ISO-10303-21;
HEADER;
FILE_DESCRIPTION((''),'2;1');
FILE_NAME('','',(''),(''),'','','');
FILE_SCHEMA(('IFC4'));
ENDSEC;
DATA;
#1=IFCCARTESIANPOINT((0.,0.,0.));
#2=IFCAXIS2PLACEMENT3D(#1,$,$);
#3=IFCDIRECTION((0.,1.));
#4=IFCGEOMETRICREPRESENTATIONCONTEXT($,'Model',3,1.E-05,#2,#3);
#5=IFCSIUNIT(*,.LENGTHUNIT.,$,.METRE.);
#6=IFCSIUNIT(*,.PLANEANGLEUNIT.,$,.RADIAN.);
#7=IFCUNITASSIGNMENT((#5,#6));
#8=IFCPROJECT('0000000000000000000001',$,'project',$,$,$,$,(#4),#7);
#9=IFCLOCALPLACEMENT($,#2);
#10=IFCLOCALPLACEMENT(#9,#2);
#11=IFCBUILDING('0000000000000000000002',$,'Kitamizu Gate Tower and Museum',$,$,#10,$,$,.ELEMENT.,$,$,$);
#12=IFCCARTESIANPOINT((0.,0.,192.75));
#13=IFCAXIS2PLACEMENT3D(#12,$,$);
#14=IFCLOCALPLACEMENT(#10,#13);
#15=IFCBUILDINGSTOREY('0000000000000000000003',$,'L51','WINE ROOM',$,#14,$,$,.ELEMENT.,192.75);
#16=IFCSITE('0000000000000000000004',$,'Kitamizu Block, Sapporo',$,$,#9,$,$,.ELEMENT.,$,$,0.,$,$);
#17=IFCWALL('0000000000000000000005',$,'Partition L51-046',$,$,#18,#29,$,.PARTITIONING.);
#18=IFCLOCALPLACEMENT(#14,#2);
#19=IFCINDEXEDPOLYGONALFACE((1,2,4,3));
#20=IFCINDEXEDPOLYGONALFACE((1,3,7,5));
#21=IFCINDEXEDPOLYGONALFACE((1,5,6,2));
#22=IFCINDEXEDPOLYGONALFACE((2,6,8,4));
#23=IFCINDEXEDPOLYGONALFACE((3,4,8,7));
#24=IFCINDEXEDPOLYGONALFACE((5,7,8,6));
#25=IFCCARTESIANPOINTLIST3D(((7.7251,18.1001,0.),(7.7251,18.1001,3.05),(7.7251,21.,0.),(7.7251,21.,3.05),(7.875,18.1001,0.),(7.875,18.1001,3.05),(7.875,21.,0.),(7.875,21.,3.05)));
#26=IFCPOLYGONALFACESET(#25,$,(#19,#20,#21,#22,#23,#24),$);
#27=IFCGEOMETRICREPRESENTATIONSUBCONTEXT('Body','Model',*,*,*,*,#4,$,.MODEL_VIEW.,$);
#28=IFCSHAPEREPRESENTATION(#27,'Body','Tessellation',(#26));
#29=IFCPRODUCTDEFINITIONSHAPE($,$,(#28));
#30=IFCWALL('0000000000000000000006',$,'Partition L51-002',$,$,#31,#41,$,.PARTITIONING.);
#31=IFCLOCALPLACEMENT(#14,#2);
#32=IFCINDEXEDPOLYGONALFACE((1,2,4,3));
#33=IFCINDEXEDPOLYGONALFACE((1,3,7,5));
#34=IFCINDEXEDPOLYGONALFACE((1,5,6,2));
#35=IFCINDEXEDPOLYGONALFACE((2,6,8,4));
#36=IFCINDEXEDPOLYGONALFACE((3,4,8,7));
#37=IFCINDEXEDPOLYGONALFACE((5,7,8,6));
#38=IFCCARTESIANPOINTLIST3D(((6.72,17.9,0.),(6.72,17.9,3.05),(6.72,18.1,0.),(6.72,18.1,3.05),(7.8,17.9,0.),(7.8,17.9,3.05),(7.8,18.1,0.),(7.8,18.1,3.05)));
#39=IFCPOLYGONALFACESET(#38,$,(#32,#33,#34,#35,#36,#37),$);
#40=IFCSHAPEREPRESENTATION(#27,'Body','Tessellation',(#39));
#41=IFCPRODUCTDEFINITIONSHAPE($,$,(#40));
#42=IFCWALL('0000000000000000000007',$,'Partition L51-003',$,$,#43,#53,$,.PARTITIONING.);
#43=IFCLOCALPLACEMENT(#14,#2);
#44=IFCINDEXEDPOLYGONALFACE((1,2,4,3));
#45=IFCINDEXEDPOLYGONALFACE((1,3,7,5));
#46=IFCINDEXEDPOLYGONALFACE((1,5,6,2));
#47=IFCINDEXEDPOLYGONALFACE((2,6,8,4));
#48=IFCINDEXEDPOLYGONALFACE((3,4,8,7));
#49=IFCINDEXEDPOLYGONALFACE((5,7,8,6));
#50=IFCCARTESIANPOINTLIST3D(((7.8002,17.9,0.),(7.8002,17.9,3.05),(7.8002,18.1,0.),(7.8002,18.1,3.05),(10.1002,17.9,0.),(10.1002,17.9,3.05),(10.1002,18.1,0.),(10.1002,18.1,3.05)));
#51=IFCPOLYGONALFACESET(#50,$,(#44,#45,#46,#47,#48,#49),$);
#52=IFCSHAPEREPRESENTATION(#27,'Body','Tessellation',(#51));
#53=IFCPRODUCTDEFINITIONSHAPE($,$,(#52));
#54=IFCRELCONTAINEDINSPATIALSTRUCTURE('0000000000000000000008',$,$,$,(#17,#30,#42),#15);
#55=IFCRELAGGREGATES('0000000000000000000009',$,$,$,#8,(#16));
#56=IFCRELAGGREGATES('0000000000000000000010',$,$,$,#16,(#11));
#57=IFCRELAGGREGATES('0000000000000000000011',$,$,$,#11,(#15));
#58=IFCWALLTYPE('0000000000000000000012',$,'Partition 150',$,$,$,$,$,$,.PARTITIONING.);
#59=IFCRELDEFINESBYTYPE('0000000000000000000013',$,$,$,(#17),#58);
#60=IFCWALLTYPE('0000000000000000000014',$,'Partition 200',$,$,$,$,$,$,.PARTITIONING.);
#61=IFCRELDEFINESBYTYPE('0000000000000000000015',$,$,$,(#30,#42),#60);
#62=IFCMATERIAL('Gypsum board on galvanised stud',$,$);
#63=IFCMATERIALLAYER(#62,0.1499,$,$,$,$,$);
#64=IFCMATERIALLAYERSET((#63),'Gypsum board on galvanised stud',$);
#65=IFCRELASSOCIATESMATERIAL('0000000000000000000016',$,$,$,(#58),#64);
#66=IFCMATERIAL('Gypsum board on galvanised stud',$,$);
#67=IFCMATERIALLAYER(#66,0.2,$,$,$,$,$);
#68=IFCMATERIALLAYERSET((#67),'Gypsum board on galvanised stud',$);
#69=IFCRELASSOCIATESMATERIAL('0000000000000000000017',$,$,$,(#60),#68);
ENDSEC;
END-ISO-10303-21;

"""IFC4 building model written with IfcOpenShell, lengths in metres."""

from ifc_helpers import new_model, si_unit, direction, frame, frame_2d, origin, place, context, subcontext, project, spatial, rectangle, extrude, material, layer, layer_set, type_object, element, save


model = new_model("IFC4")

# Units and contexts
model_context = context("Model", 3, precision=1e-05, world=origin(), true_north=direction((0.0, 1.0)))
body_context = subcontext(model_context, "Body", "Model", "MODEL_VIEW")
ifc_project = project(units=[si_unit("LENGTHUNIT", "METRE"), si_unit("PLANEANGLEUNIT", "RADIAN")], contexts=[model_context])

# Site, building, storey
site_placement = place(None, origin())
site = spatial("IfcSite", under=ifc_project, at=site_placement, Name="Kitamizu Block, Sapporo", CompositionType="ELEMENT", RefElevation=0.0)
building_placement = place(site_placement, origin())
building = spatial("IfcBuilding", under=site, at=building_placement, Name="Kitamizu Gate Tower and Museum", CompositionType="ELEMENT")
storey_placement = place(building_placement, frame((0.0, 0.0, 192.75)))
storey = spatial("IfcBuildingStorey", under=building, at=storey_placement, Name="L51", Description="WINE ROOM", CompositionType="ELEMENT", Elevation=192.75)

# Walls
ifc_material_1 = material(Name="Gypsum board on galvanised stud")
ifc_layer_1 = layer(ifc_material_1, 0.1499)
ifc_layer_set_1 = layer_set([ifc_layer_1], Name="Gypsum board on galvanised stud")
wall_type_1 = type_object("IfcWallType", Name="Partition 150", PredefinedType="PARTITIONING", material=ifc_layer_set_1)
wall_1_placement = place(storey_placement, frame((7.8, 18.1001, 0.0), z_axis=(0.0, 0.0, 1.0), x_axis=(0.0, 1.0, 0.0)))
element("IfcWall", 1, at=wall_1_placement, inside=storey, type_object=wall_type_1, Name="Partition L51-046", PredefinedType="PARTITIONING", context=body_context, shape_type="SweptSolid", body=[
    extrude(rectangle(XDim=2.8999, YDim=0.1499, at=frame_2d((1.45, 0.0))), origin(), (0.0, 0.0, 1.0), 3.05),
])
ifc_material_2 = material(Name="Gypsum board on galvanised stud")
ifc_layer_2 = layer(ifc_material_2, 0.2)
ifc_layer_set_2 = layer_set([ifc_layer_2], Name="Gypsum board on galvanised stud")
wall_type_2 = type_object("IfcWallType", Name="Partition 200", PredefinedType="PARTITIONING", material=ifc_layer_set_2)
wall_2_placement = place(storey_placement, frame((7.8, 18.0, 0.0), z_axis=(0.0, 0.0, 1.0), x_axis=(-1.0, 0.0, 0.0)))
element("IfcWall", 2, at=wall_2_placement, inside=storey, type_object=wall_type_2, Name="Partition L51-002", PredefinedType="PARTITIONING", context=body_context, shape_type="SweptSolid", body=[
    extrude(rectangle(XDim=1.0801, YDim=0.2, at=frame_2d((0.54, 0.0))), origin(), (0.0, 0.0, 1.0), 3.05),
])
wall_3_placement = place(storey_placement, frame((10.1001, 18.0, 0.0), z_axis=(0.0, 0.0, 1.0), x_axis=(-1.0, 0.0, 0.0)))
element("IfcWall", 3, at=wall_3_placement, inside=storey, type_object=wall_type_2, Name="Partition L51-003", PredefinedType="PARTITIONING", context=body_context, shape_type="SweptSolid", body=[
    extrude(rectangle(XDim=2.3, YDim=0.2, at=frame_2d((1.1499, 0.0))), origin(), (0.0, 0.0, 1.0), 3.05),
])

save(model, "model.ifc")
